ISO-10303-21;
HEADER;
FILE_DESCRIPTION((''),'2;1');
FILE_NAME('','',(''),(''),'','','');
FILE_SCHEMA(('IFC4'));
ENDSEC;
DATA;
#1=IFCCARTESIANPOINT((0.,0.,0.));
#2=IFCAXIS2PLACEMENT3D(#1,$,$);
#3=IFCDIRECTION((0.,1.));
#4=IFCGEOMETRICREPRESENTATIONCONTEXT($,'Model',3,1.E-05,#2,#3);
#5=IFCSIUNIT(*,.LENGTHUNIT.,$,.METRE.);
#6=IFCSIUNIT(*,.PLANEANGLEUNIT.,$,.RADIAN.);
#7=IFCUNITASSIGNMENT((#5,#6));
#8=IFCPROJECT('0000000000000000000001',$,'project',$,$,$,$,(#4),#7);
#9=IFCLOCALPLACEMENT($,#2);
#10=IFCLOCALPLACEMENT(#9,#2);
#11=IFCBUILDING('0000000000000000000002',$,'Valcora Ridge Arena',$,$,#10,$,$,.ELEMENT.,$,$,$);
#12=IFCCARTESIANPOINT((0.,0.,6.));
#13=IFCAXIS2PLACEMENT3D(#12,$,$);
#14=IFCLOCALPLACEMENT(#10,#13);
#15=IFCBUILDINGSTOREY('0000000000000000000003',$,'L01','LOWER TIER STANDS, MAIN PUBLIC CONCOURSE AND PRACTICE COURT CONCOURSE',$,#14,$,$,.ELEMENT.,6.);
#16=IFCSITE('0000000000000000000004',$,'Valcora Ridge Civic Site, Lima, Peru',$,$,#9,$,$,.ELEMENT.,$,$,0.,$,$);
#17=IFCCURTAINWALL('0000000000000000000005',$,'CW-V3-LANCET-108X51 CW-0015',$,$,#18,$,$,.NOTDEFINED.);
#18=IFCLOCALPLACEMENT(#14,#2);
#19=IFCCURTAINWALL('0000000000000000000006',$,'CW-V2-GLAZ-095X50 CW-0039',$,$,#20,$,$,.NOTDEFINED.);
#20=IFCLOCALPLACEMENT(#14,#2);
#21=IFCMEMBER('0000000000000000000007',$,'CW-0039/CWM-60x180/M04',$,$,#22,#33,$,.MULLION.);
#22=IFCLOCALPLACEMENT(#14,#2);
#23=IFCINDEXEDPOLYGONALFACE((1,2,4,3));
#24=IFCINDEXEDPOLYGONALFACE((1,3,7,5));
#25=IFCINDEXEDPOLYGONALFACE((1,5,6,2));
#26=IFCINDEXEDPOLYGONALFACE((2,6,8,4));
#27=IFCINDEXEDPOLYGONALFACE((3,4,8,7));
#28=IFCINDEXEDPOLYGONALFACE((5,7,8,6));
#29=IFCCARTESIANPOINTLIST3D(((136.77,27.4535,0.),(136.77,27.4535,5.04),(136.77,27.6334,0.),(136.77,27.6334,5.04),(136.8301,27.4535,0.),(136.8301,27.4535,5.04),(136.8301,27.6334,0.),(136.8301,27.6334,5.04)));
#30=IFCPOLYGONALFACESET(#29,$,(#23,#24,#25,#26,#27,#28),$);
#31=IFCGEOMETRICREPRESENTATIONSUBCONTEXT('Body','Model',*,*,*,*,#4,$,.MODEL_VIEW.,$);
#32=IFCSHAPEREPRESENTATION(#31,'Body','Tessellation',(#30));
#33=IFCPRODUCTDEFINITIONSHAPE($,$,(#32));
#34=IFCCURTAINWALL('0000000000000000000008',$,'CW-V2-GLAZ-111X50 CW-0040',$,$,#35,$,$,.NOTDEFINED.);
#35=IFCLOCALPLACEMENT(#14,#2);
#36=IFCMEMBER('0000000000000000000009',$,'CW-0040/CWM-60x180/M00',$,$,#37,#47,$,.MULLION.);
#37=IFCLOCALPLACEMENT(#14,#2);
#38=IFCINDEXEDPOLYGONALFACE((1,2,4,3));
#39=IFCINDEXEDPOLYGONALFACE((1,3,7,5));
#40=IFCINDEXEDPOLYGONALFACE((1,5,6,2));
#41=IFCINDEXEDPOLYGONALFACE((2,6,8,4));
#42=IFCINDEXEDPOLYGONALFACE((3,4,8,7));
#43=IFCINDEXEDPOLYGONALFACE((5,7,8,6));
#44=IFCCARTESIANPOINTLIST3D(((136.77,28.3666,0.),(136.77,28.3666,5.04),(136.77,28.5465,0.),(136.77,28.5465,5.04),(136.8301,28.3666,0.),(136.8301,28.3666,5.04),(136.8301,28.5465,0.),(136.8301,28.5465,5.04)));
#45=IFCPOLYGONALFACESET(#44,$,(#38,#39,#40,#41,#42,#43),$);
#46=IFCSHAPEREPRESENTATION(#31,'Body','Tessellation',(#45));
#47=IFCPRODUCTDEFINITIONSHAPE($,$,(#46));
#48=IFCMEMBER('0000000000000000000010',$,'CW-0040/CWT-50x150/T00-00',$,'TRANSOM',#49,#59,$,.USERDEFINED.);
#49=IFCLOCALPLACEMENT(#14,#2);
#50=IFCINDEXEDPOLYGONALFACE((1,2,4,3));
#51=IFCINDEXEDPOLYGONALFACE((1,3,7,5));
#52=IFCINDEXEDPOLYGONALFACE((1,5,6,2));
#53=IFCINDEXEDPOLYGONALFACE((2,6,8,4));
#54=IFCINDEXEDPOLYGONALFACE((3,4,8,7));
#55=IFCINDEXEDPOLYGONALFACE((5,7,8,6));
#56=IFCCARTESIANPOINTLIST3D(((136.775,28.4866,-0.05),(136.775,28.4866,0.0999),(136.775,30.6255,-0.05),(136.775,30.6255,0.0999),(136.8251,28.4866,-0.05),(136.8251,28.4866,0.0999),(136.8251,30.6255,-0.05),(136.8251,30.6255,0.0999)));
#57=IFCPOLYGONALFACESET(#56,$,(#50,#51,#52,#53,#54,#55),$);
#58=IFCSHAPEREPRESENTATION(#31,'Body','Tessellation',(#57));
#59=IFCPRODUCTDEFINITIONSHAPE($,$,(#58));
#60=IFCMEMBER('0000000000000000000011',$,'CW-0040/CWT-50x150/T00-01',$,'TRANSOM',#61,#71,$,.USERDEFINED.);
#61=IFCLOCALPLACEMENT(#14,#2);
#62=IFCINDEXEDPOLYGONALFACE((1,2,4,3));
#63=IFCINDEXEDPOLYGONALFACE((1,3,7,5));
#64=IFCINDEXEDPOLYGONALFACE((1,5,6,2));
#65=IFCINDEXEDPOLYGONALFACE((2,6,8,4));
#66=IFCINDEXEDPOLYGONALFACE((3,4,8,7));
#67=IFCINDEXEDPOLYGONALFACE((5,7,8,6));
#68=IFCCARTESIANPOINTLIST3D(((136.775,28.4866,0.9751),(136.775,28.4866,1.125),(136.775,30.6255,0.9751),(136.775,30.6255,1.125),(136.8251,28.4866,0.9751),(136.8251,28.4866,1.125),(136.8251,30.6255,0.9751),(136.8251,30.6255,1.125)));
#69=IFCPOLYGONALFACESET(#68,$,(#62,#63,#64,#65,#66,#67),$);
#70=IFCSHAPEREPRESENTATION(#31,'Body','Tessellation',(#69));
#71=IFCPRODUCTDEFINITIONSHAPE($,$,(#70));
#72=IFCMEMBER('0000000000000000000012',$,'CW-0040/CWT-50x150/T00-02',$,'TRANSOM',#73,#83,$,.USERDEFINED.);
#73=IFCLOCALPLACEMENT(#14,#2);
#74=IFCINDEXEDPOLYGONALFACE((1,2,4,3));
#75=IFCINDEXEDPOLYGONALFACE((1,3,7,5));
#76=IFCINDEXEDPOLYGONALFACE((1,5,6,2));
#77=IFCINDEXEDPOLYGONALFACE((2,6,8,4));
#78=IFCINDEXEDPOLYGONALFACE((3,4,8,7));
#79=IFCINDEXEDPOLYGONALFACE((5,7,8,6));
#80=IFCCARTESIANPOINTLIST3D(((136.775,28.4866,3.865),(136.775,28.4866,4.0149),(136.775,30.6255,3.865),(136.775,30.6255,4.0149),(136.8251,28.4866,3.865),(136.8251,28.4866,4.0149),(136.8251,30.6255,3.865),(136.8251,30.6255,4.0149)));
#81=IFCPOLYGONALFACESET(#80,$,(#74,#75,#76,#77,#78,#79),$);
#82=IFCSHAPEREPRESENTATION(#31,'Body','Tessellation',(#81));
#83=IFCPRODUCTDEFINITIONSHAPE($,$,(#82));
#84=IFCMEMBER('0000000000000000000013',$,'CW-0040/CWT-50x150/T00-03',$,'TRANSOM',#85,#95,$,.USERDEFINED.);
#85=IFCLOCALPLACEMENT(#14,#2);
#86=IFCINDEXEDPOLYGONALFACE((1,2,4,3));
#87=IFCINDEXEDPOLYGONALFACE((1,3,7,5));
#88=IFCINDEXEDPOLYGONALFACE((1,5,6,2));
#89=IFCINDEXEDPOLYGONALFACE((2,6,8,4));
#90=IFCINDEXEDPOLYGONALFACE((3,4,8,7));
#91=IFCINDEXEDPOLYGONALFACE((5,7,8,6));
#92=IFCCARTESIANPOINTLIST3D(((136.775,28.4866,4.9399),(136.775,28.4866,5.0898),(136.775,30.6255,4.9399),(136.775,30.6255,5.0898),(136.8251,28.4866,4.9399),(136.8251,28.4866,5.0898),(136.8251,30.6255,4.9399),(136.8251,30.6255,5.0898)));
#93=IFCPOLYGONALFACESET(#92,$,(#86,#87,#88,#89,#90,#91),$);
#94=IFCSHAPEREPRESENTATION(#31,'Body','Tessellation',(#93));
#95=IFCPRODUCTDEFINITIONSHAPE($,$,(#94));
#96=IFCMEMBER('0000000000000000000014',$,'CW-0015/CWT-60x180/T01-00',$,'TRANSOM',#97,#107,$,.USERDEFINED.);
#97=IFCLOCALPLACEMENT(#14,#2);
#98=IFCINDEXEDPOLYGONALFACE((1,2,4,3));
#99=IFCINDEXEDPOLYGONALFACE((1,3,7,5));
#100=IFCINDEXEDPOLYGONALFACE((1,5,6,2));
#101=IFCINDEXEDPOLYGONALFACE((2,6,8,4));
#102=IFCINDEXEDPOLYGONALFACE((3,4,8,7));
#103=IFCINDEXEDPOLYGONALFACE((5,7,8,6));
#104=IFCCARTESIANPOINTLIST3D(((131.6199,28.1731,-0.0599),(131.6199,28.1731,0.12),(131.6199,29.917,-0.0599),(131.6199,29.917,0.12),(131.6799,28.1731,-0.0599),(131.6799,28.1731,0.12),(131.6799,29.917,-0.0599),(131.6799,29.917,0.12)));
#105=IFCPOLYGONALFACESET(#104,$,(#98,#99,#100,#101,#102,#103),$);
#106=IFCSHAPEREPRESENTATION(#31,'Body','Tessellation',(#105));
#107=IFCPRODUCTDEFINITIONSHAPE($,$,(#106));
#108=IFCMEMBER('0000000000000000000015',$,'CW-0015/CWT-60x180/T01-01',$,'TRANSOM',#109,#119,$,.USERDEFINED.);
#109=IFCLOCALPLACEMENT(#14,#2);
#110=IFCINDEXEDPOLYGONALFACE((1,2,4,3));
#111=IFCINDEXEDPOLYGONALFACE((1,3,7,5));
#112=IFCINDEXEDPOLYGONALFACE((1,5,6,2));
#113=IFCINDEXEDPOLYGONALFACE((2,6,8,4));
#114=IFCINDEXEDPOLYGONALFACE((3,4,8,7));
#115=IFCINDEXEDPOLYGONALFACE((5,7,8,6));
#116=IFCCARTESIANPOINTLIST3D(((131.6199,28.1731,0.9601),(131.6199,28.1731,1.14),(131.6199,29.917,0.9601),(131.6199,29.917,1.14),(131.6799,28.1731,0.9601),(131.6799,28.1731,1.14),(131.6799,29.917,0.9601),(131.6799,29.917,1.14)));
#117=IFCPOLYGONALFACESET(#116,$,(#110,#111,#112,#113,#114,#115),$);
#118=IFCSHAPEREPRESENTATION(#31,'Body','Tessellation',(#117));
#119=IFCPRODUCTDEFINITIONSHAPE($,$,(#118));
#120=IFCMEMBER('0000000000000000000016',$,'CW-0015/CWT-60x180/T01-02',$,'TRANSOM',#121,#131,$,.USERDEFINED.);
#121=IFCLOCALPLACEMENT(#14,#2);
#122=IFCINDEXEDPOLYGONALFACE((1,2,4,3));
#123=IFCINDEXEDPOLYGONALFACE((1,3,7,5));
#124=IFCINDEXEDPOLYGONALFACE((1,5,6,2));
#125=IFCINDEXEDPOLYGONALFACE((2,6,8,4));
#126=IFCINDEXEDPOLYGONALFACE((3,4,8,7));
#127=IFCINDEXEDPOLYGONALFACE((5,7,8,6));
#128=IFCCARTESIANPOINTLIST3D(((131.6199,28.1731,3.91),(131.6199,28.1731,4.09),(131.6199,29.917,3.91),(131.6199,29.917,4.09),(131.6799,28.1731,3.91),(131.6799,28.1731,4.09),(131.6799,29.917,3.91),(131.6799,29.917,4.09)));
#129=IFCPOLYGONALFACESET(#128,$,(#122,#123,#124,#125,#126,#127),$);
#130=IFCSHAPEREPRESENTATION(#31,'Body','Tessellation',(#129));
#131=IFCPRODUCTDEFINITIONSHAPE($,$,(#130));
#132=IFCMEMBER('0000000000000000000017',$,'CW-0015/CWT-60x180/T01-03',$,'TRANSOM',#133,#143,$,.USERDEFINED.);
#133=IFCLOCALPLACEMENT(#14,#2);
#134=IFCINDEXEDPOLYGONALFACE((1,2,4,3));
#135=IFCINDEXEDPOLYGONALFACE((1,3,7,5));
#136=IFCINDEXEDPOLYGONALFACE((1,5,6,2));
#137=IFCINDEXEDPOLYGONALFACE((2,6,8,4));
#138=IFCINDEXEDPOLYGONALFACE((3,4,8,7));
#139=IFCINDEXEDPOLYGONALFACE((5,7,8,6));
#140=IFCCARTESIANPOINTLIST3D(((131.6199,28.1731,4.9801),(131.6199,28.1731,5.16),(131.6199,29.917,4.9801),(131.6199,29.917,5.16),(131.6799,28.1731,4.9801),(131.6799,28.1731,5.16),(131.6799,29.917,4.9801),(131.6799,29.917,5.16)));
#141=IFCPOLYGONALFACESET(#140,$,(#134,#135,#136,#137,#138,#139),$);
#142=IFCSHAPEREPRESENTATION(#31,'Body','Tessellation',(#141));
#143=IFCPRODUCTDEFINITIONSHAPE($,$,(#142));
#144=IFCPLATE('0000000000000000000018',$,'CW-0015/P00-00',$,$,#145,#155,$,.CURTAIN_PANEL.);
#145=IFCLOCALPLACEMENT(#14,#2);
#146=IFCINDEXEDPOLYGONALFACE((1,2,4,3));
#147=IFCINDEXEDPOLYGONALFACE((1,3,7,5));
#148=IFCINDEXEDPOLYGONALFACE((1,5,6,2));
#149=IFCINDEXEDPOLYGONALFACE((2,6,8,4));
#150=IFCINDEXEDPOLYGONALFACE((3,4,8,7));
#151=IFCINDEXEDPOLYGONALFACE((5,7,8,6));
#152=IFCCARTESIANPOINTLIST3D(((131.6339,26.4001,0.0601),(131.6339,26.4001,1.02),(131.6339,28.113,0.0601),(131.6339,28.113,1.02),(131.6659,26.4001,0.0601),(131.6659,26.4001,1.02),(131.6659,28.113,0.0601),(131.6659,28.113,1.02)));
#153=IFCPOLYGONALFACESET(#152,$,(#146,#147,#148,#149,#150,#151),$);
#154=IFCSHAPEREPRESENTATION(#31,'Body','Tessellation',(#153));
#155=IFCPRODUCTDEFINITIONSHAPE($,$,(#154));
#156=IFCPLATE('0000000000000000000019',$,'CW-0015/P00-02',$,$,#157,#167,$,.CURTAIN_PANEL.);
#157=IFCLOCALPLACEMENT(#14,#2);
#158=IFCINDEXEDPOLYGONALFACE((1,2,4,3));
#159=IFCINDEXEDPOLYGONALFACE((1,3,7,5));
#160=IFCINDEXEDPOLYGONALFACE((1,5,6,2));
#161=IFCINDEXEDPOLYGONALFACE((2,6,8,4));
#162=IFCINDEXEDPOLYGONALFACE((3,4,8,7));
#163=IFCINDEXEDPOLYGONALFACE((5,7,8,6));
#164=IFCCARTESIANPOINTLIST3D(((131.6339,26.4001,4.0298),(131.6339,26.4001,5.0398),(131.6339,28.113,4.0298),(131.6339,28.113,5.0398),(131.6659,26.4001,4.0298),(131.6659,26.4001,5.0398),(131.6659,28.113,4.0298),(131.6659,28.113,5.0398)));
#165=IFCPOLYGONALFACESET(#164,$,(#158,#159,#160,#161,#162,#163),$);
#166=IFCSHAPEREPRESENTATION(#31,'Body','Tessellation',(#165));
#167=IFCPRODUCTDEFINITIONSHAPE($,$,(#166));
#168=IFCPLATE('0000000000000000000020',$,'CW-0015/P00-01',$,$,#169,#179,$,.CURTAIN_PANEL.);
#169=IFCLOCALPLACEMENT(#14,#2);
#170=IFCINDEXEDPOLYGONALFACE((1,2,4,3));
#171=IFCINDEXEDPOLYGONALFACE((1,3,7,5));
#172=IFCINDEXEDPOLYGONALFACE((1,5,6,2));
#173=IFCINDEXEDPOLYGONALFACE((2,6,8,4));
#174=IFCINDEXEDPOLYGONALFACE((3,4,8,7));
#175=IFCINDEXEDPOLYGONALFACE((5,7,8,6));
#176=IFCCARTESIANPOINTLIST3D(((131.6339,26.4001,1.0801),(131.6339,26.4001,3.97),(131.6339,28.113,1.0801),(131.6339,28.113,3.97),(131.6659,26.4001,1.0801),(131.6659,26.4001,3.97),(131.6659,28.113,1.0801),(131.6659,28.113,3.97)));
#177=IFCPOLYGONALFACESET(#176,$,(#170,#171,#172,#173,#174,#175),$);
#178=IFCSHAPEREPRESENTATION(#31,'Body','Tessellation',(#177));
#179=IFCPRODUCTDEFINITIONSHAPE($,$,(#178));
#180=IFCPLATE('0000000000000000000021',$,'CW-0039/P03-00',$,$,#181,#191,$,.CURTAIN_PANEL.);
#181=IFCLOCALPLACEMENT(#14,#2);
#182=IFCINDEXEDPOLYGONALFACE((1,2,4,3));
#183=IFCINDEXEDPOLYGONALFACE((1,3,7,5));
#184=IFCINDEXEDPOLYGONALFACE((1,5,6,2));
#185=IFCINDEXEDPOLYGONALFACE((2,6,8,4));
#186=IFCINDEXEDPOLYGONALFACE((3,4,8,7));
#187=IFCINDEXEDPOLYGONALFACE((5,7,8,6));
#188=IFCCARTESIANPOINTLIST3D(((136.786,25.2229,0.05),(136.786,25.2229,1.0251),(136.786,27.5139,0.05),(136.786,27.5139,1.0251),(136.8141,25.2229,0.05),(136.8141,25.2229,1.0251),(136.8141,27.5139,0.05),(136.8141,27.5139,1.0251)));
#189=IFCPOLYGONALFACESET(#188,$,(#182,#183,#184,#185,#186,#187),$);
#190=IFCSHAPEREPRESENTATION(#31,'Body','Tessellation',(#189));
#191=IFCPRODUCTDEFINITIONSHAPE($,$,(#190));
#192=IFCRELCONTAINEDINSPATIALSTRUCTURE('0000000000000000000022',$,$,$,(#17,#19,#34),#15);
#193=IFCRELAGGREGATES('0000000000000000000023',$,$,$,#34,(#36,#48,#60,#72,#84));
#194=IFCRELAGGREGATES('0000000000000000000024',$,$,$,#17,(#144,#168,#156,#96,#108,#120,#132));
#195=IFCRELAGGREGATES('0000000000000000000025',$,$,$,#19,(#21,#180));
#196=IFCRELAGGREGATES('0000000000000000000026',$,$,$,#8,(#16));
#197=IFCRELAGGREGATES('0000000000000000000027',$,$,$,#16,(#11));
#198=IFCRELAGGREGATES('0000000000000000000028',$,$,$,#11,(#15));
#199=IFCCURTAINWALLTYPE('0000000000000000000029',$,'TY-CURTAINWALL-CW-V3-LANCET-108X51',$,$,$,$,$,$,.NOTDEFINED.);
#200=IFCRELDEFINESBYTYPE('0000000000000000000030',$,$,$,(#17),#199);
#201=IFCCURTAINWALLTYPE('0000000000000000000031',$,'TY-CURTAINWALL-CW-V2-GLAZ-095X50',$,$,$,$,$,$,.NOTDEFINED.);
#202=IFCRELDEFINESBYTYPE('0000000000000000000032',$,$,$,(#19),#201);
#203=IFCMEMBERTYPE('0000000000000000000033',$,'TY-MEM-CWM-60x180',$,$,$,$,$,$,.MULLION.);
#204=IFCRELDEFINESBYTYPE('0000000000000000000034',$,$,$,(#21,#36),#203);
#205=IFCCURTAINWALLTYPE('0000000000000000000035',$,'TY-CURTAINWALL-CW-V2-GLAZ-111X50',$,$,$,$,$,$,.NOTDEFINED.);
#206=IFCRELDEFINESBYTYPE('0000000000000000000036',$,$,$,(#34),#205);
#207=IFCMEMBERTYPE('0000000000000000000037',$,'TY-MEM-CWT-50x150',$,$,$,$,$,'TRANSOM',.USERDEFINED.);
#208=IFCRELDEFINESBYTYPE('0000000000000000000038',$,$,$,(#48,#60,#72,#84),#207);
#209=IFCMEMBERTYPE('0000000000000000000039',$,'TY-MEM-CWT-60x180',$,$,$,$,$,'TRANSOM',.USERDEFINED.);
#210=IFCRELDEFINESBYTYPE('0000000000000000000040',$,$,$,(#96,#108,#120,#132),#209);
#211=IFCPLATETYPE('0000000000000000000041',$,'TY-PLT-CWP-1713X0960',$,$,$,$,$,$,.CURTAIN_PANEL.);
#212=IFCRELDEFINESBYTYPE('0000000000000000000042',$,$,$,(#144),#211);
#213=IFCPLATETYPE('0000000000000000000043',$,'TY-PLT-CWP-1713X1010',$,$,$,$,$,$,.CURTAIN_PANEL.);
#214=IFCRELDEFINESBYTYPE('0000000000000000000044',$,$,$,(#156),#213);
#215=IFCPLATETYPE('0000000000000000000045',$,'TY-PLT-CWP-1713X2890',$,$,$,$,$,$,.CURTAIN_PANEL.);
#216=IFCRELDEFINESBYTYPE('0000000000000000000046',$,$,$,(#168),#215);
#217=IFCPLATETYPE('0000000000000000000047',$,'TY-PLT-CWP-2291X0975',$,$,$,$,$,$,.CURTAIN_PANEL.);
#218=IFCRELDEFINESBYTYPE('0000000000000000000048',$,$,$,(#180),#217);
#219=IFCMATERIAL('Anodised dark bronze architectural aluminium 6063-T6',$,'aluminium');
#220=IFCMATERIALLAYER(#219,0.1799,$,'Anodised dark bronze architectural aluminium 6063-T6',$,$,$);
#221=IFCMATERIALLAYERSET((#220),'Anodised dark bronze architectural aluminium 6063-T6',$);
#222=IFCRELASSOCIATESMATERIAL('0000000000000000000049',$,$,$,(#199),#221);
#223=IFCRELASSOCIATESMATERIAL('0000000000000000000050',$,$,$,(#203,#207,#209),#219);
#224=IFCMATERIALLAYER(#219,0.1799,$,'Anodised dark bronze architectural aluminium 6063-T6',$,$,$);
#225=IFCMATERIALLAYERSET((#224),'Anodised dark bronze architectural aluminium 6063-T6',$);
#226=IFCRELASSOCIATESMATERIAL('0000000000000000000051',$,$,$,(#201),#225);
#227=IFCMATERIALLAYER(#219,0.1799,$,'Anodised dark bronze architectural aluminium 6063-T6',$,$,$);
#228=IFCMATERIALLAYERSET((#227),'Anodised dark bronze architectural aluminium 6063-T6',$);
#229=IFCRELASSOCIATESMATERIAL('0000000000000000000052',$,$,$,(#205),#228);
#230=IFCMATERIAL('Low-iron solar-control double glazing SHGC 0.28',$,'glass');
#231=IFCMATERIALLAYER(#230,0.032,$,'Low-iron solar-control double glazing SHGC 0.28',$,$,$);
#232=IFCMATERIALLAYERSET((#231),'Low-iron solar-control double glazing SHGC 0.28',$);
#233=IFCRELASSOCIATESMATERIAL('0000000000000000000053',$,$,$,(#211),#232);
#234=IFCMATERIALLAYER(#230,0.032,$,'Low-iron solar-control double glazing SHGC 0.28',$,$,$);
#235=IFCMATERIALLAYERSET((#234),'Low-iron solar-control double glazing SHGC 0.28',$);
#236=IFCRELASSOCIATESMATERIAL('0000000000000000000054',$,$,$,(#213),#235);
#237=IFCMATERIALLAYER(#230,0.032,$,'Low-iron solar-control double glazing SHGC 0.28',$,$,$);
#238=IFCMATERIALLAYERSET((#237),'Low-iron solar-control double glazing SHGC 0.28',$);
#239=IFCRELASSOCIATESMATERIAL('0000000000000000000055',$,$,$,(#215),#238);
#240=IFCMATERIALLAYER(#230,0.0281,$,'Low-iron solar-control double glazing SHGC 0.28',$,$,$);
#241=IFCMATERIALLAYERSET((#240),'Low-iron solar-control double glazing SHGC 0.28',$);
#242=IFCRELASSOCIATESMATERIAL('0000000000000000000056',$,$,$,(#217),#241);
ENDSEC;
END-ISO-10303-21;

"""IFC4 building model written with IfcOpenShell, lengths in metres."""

from ifc_helpers import new_model, si_unit, direction, frame, origin, origin_2d, place, context, subcontext, project, spatial, rectangle, extrude, material, layer, layer_set, material_profile, profile_set, type_object, element, aggregate, save


model = new_model("IFC4")

# Units and contexts
model_context = context("Model", 3, precision=1e-05, world=origin(), true_north=direction((0.0, 1.0)))
body_context = subcontext(model_context, "Body", "Model", "MODEL_VIEW")
ifc_project = project(units=[si_unit("LENGTHUNIT", "METRE"), si_unit("PLANEANGLEUNIT", "RADIAN")], contexts=[model_context])

# Site, building, storey
site_placement = place(None, origin())
site = spatial("IfcSite", under=ifc_project, at=site_placement, Name="Valcora Ridge Civic Site, Lima, Peru", CompositionType="ELEMENT", RefElevation=0.0)
building_placement = place(site_placement, origin())
building = spatial("IfcBuilding", under=site, at=building_placement, Name="Valcora Ridge Arena", CompositionType="ELEMENT")
storey_placement = place(building_placement, frame((0.0, 0.0, 6.0)))
storey = spatial("IfcBuildingStorey", under=building, at=storey_placement, Name="L01", Description="LOWER TIER STANDS, MAIN PUBLIC CONCOURSE AND PRACTICE COURT CONCOURSE", CompositionType="ELEMENT", Elevation=6.0)

# Curtain walls, member
ifc_material_1 = material(Name="Anodised dark bronze architectural aluminium 6063-T6", Category="aluminium")
ifc_layer_1 = layer(ifc_material_1, 0.1799, Name="Anodised dark bronze architectural aluminium 6063-T6")
ifc_layer_set_1 = layer_set([ifc_layer_1], Name="Anodised dark bronze architectural aluminium 6063-T6")
curtain_wall_type_1 = type_object("IfcCurtainWallType", Name="TY-CURTAINWALL-CW-V3-LANCET-108X51", PredefinedType="NOTDEFINED", material=ifc_layer_set_1)
curtain_wall_1_placement = place(storey_placement, origin())
curtain_wall_1 = element("IfcCurtainWall", 1, at=curtain_wall_1_placement, inside=storey, type_object=curtain_wall_type_1, Name="CW-V3-LANCET-108X51 CW-0015", PredefinedType="NOTDEFINED")
ifc_material_profile_1 = material_profile(ifc_material_1, rectangle(XDim=0.0601, YDim=0.1799, at=origin_2d()), Name="ALU MULLION 60x180")
ifc_profile_set_1 = profile_set([ifc_material_profile_1], Name="Anodised dark bronze architectural aluminium 6063-T6")
member_type_1 = type_object("IfcMemberType", Name="TY-MEM-CWM-60x180", PredefinedType="MULLION", material=ifc_profile_set_1)
ifc_layer_2 = layer(ifc_material_1, 0.1799, Name="Anodised dark bronze architectural aluminium 6063-T6")
ifc_layer_set_2 = layer_set([ifc_layer_2], Name="Anodised dark bronze architectural aluminium 6063-T6")
curtain_wall_type_2 = type_object("IfcCurtainWallType", Name="TY-CURTAINWALL-CW-V2-GLAZ-095X50", PredefinedType="NOTDEFINED", material=ifc_layer_set_2)
curtain_wall_2_placement = place(storey_placement, origin())
curtain_wall_2 = element("IfcCurtainWall", 2, at=curtain_wall_2_placement, inside=storey, type_object=curtain_wall_type_2, Name="CW-V2-GLAZ-095X50 CW-0039", PredefinedType="NOTDEFINED")
member_1_placement = place(storey_placement, frame((136.8, 27.5435, 0.0), z_axis=(0.0, 0.0, 1.0), x_axis=(-1.0, 0.0, 0.0)))
member_1 = element("IfcMember", 3, at=member_1_placement, type_object=member_type_1, Name="CW-0039/CWM-60x180/M04", PredefinedType="MULLION", context=body_context, shape_type="SweptSolid", body=[
    extrude(rectangle(XDim=0.0601, YDim=0.1799, at=origin_2d()), origin(), (0.0, 0.0, 1.0), 5.04),
])

# Curtain wall, members
ifc_layer_3 = layer(ifc_material_1, 0.1799, Name="Anodised dark bronze architectural aluminium 6063-T6")
ifc_layer_set_3 = layer_set([ifc_layer_3], Name="Anodised dark bronze architectural aluminium 6063-T6")
curtain_wall_type_3 = type_object("IfcCurtainWallType", Name="TY-CURTAINWALL-CW-V2-GLAZ-111X50", PredefinedType="NOTDEFINED", material=ifc_layer_set_3)
curtain_wall_3_placement = place(storey_placement, origin())
curtain_wall_3 = element("IfcCurtainWall", 4, at=curtain_wall_3_placement, inside=storey, type_object=curtain_wall_type_3, Name="CW-V2-GLAZ-111X50 CW-0040", PredefinedType="NOTDEFINED")
member_2_placement = place(storey_placement, frame((136.8, 28.4565, 0.0), z_axis=(0.0, 0.0, 1.0), x_axis=(-1.0, 0.0, 0.0)))
member_2 = element("IfcMember", 5, at=member_2_placement, type_object=member_type_1, Name="CW-0040/CWM-60x180/M00", PredefinedType="MULLION", context=body_context, shape_type="SweptSolid", body=[
    extrude(rectangle(XDim=0.0601, YDim=0.1799, at=origin_2d()), origin(), (0.0, 0.0, 1.0), 5.04),
])
ifc_material_profile_2 = material_profile(ifc_material_1, rectangle(XDim=0.05, YDim=0.1499, at=origin_2d()), Name="ALU TRANSOM 50x150")
ifc_profile_set_2 = profile_set([ifc_material_profile_2], Name="Anodised dark bronze architectural aluminium 6063-T6")
member_type_2 = type_object("IfcMemberType", Name="TY-MEM-CWT-50x150", ElementType="TRANSOM", PredefinedType="USERDEFINED", material=ifc_profile_set_2)
member_3_placement = place(storey_placement, frame((136.8, 28.4866, 0.0249), z_axis=(0.0, 1.0, 0.0), x_axis=(-1.0, 0.0, 0.0)))
member_3 = element("IfcMember", 6, at=member_3_placement, type_object=member_type_2, Name="CW-0040/CWT-50x150/T00-00", ObjectType="TRANSOM", PredefinedType="USERDEFINED", context=body_context, shape_type="SweptSolid", body=[
    extrude(rectangle(XDim=0.05, YDim=0.1499, at=origin_2d()), origin(), (0.0, 0.0, 1.0), 2.1389),
])
member_4_placement = place(storey_placement, frame((136.8, 28.4866, 1.05), z_axis=(0.0, 1.0, 0.0), x_axis=(-1.0, 0.0, 0.0)))
member_4 = element("IfcMember", 7, at=member_4_placement, type_object=member_type_2, Name="CW-0040/CWT-50x150/T00-01", ObjectType="TRANSOM", PredefinedType="USERDEFINED", context=body_context, shape_type="SweptSolid", body=[
    extrude(rectangle(XDim=0.05, YDim=0.1499, at=origin_2d()), origin(), (0.0, 0.0, 1.0), 2.1389),
])
member_5_placement = place(storey_placement, frame((136.8, 28.4866, 3.9399), z_axis=(0.0, 1.0, 0.0), x_axis=(-1.0, 0.0, 0.0)))
member_5 = element("IfcMember", 8, at=member_5_placement, type_object=member_type_2, Name="CW-0040/CWT-50x150/T00-02", ObjectType="TRANSOM", PredefinedType="USERDEFINED", context=body_context, shape_type="SweptSolid", body=[
    extrude(rectangle(XDim=0.05, YDim=0.1499, at=origin_2d()), origin(), (0.0, 0.0, 1.0), 2.1389),
])
member_6_placement = place(storey_placement, frame((136.8, 28.4866, 5.0149), z_axis=(0.0, 1.0, 0.0), x_axis=(-1.0, 0.0, 0.0)))
member_6 = element("IfcMember", 9, at=member_6_placement, type_object=member_type_2, Name="CW-0040/CWT-50x150/T00-03", ObjectType="TRANSOM", PredefinedType="USERDEFINED", context=body_context, shape_type="SweptSolid", body=[
    extrude(rectangle(XDim=0.05, YDim=0.1499, at=origin_2d()), origin(), (0.0, 0.0, 1.0), 2.1389),
])
aggregate(curtain_wall_3, [member_2, member_3, member_4, member_5, member_6])

# Members
ifc_material_profile_3 = material_profile(ifc_material_1, rectangle(XDim=0.0601, YDim=0.1799, at=origin_2d()), Name="ALU TRANSOM 60x180")
ifc_profile_set_3 = profile_set([ifc_material_profile_3], Name="Anodised dark bronze architectural aluminium 6063-T6")
member_type_3 = type_object("IfcMemberType", Name="TY-MEM-CWT-60x180", ElementType="TRANSOM", PredefinedType="USERDEFINED", material=ifc_profile_set_3)
member_7_placement = place(storey_placement, frame((131.6499, 28.1731, 0.03), z_axis=(0.0, 1.0, 0.0), x_axis=(-1.0, 0.0, 0.0)))
member_7 = element("IfcMember", 10, at=member_7_placement, type_object=member_type_3, Name="CW-0015/CWT-60x180/T01-00", ObjectType="TRANSOM", PredefinedType="USERDEFINED", context=body_context, shape_type="SweptSolid", body=[
    extrude(rectangle(XDim=0.0601, YDim=0.1799, at=origin_2d()), origin(), (0.0, 0.0, 1.0), 1.7439),
])
member_8_placement = place(storey_placement, frame((131.6499, 28.1731, 1.05), z_axis=(0.0, 1.0, 0.0), x_axis=(-1.0, 0.0, 0.0)))
member_8 = element("IfcMember", 11, at=member_8_placement, type_object=member_type_3, Name="CW-0015/CWT-60x180/T01-01", ObjectType="TRANSOM", PredefinedType="USERDEFINED", context=body_context, shape_type="SweptSolid", body=[
    extrude(rectangle(XDim=0.0601, YDim=0.1799, at=origin_2d()), origin(), (0.0, 0.0, 1.0), 1.7439),
])
member_9_placement = place(storey_placement, frame((131.6499, 28.1731, 4.0), z_axis=(0.0, 1.0, 0.0), x_axis=(-1.0, 0.0, 0.0)))
member_9 = element("IfcMember", 12, at=member_9_placement, type_object=member_type_3, Name="CW-0015/CWT-60x180/T01-02", ObjectType="TRANSOM", PredefinedType="USERDEFINED", context=body_context, shape_type="SweptSolid", body=[
    extrude(rectangle(XDim=0.0601, YDim=0.1799, at=origin_2d()), origin(), (0.0, 0.0, 1.0), 1.7439),
])
member_10_placement = place(storey_placement, frame((131.6499, 28.1731, 5.0701), z_axis=(0.0, 1.0, 0.0), x_axis=(-1.0, 0.0, 0.0)))
member_10 = element("IfcMember", 13, at=member_10_placement, type_object=member_type_3, Name="CW-0015/CWT-60x180/T01-03", ObjectType="TRANSOM", PredefinedType="USERDEFINED", context=body_context, shape_type="SweptSolid", body=[
    extrude(rectangle(XDim=0.0601, YDim=0.1799, at=origin_2d()), origin(), (0.0, 0.0, 1.0), 1.7439),
])

# Plates
ifc_material_2 = material(Name="Low-iron solar-control double glazing SHGC 0.28", Category="glass")
ifc_layer_4 = layer(ifc_material_2, 0.032, Name="Low-iron solar-control double glazing SHGC 0.28")
ifc_layer_set_4 = layer_set([ifc_layer_4], Name="Low-iron solar-control double glazing SHGC 0.28")
plate_type_1 = type_object("IfcPlateType", Name="TY-PLT-CWP-1713X0960", PredefinedType="CURTAIN_PANEL", material=ifc_layer_set_4)
plate_1_placement = place(storey_placement, frame((131.6499, 27.2566, 0.0601), z_axis=(0.0, 0.0, 1.0), x_axis=(0.0, 1.0, 0.0)))
plate_1 = element("IfcPlate", 14, at=plate_1_placement, type_object=plate_type_1, Name="CW-0015/P00-00", PredefinedType="CURTAIN_PANEL", context=body_context, shape_type="SweptSolid", body=[
    extrude(rectangle(XDim=1.7129, YDim=0.032, at=origin_2d()), origin(), (0.0, 0.0, 1.0), 0.96),
])
ifc_layer_5 = layer(ifc_material_2, 0.032, Name="Low-iron solar-control double glazing SHGC 0.28")
ifc_layer_set_5 = layer_set([ifc_layer_5], Name="Low-iron solar-control double glazing SHGC 0.28")
plate_type_2 = type_object("IfcPlateType", Name="TY-PLT-CWP-1713X1010", PredefinedType="CURTAIN_PANEL", material=ifc_layer_set_5)
plate_2_placement = place(storey_placement, frame((131.6499, 27.2566, 4.0298), z_axis=(0.0, 0.0, 1.0), x_axis=(0.0, 1.0, 0.0)))
plate_2 = element("IfcPlate", 15, at=plate_2_placement, type_object=plate_type_2, Name="CW-0015/P00-02", PredefinedType="CURTAIN_PANEL", context=body_context, shape_type="SweptSolid", body=[
    extrude(rectangle(XDim=1.7129, YDim=0.032, at=origin_2d()), origin(), (0.0, 0.0, 1.0), 1.01),
])
ifc_layer_6 = layer(ifc_material_2, 0.032, Name="Low-iron solar-control double glazing SHGC 0.28")
ifc_layer_set_6 = layer_set([ifc_layer_6], Name="Low-iron solar-control double glazing SHGC 0.28")
plate_type_3 = type_object("IfcPlateType", Name="TY-PLT-CWP-1713X2890", PredefinedType="CURTAIN_PANEL", material=ifc_layer_set_6)
plate_3_placement = place(storey_placement, frame((131.6499, 27.2566, 1.0801), z_axis=(0.0, 0.0, 1.0), x_axis=(0.0, 1.0, 0.0)))
plate_3 = element("IfcPlate", 16, at=plate_3_placement, type_object=plate_type_3, Name="CW-0015/P00-01", PredefinedType="CURTAIN_PANEL", context=body_context, shape_type="SweptSolid", body=[
    extrude(rectangle(XDim=1.7129, YDim=0.032, at=origin_2d()), origin(), (0.0, 0.0, 1.0), 2.8899),
])
aggregate(curtain_wall_1, [plate_1, plate_3, plate_2, member_7, member_8, member_9, member_10])
ifc_layer_7 = layer(ifc_material_2, 0.0281, Name="Low-iron solar-control double glazing SHGC 0.28")
ifc_layer_set_7 = layer_set([ifc_layer_7], Name="Low-iron solar-control double glazing SHGC 0.28")
plate_type_4 = type_object("IfcPlateType", Name="TY-PLT-CWP-2291X0975", PredefinedType="CURTAIN_PANEL", material=ifc_layer_set_7)
plate_4_placement = place(storey_placement, frame((136.8, 26.3684, 0.05), z_axis=(0.0, 0.0, 1.0), x_axis=(0.0, 1.0, 0.0)))
plate_4 = element("IfcPlate", 17, at=plate_4_placement, type_object=plate_type_4, Name="CW-0039/P03-00", PredefinedType="CURTAIN_PANEL", context=body_context, shape_type="SweptSolid", body=[
    extrude(rectangle(XDim=2.291, YDim=0.0281, at=origin_2d()), origin(), (0.0, 0.0, 1.0), 0.9751),
])
aggregate(curtain_wall_2, [member_1, plate_4])

save(model, "model.ifc")
